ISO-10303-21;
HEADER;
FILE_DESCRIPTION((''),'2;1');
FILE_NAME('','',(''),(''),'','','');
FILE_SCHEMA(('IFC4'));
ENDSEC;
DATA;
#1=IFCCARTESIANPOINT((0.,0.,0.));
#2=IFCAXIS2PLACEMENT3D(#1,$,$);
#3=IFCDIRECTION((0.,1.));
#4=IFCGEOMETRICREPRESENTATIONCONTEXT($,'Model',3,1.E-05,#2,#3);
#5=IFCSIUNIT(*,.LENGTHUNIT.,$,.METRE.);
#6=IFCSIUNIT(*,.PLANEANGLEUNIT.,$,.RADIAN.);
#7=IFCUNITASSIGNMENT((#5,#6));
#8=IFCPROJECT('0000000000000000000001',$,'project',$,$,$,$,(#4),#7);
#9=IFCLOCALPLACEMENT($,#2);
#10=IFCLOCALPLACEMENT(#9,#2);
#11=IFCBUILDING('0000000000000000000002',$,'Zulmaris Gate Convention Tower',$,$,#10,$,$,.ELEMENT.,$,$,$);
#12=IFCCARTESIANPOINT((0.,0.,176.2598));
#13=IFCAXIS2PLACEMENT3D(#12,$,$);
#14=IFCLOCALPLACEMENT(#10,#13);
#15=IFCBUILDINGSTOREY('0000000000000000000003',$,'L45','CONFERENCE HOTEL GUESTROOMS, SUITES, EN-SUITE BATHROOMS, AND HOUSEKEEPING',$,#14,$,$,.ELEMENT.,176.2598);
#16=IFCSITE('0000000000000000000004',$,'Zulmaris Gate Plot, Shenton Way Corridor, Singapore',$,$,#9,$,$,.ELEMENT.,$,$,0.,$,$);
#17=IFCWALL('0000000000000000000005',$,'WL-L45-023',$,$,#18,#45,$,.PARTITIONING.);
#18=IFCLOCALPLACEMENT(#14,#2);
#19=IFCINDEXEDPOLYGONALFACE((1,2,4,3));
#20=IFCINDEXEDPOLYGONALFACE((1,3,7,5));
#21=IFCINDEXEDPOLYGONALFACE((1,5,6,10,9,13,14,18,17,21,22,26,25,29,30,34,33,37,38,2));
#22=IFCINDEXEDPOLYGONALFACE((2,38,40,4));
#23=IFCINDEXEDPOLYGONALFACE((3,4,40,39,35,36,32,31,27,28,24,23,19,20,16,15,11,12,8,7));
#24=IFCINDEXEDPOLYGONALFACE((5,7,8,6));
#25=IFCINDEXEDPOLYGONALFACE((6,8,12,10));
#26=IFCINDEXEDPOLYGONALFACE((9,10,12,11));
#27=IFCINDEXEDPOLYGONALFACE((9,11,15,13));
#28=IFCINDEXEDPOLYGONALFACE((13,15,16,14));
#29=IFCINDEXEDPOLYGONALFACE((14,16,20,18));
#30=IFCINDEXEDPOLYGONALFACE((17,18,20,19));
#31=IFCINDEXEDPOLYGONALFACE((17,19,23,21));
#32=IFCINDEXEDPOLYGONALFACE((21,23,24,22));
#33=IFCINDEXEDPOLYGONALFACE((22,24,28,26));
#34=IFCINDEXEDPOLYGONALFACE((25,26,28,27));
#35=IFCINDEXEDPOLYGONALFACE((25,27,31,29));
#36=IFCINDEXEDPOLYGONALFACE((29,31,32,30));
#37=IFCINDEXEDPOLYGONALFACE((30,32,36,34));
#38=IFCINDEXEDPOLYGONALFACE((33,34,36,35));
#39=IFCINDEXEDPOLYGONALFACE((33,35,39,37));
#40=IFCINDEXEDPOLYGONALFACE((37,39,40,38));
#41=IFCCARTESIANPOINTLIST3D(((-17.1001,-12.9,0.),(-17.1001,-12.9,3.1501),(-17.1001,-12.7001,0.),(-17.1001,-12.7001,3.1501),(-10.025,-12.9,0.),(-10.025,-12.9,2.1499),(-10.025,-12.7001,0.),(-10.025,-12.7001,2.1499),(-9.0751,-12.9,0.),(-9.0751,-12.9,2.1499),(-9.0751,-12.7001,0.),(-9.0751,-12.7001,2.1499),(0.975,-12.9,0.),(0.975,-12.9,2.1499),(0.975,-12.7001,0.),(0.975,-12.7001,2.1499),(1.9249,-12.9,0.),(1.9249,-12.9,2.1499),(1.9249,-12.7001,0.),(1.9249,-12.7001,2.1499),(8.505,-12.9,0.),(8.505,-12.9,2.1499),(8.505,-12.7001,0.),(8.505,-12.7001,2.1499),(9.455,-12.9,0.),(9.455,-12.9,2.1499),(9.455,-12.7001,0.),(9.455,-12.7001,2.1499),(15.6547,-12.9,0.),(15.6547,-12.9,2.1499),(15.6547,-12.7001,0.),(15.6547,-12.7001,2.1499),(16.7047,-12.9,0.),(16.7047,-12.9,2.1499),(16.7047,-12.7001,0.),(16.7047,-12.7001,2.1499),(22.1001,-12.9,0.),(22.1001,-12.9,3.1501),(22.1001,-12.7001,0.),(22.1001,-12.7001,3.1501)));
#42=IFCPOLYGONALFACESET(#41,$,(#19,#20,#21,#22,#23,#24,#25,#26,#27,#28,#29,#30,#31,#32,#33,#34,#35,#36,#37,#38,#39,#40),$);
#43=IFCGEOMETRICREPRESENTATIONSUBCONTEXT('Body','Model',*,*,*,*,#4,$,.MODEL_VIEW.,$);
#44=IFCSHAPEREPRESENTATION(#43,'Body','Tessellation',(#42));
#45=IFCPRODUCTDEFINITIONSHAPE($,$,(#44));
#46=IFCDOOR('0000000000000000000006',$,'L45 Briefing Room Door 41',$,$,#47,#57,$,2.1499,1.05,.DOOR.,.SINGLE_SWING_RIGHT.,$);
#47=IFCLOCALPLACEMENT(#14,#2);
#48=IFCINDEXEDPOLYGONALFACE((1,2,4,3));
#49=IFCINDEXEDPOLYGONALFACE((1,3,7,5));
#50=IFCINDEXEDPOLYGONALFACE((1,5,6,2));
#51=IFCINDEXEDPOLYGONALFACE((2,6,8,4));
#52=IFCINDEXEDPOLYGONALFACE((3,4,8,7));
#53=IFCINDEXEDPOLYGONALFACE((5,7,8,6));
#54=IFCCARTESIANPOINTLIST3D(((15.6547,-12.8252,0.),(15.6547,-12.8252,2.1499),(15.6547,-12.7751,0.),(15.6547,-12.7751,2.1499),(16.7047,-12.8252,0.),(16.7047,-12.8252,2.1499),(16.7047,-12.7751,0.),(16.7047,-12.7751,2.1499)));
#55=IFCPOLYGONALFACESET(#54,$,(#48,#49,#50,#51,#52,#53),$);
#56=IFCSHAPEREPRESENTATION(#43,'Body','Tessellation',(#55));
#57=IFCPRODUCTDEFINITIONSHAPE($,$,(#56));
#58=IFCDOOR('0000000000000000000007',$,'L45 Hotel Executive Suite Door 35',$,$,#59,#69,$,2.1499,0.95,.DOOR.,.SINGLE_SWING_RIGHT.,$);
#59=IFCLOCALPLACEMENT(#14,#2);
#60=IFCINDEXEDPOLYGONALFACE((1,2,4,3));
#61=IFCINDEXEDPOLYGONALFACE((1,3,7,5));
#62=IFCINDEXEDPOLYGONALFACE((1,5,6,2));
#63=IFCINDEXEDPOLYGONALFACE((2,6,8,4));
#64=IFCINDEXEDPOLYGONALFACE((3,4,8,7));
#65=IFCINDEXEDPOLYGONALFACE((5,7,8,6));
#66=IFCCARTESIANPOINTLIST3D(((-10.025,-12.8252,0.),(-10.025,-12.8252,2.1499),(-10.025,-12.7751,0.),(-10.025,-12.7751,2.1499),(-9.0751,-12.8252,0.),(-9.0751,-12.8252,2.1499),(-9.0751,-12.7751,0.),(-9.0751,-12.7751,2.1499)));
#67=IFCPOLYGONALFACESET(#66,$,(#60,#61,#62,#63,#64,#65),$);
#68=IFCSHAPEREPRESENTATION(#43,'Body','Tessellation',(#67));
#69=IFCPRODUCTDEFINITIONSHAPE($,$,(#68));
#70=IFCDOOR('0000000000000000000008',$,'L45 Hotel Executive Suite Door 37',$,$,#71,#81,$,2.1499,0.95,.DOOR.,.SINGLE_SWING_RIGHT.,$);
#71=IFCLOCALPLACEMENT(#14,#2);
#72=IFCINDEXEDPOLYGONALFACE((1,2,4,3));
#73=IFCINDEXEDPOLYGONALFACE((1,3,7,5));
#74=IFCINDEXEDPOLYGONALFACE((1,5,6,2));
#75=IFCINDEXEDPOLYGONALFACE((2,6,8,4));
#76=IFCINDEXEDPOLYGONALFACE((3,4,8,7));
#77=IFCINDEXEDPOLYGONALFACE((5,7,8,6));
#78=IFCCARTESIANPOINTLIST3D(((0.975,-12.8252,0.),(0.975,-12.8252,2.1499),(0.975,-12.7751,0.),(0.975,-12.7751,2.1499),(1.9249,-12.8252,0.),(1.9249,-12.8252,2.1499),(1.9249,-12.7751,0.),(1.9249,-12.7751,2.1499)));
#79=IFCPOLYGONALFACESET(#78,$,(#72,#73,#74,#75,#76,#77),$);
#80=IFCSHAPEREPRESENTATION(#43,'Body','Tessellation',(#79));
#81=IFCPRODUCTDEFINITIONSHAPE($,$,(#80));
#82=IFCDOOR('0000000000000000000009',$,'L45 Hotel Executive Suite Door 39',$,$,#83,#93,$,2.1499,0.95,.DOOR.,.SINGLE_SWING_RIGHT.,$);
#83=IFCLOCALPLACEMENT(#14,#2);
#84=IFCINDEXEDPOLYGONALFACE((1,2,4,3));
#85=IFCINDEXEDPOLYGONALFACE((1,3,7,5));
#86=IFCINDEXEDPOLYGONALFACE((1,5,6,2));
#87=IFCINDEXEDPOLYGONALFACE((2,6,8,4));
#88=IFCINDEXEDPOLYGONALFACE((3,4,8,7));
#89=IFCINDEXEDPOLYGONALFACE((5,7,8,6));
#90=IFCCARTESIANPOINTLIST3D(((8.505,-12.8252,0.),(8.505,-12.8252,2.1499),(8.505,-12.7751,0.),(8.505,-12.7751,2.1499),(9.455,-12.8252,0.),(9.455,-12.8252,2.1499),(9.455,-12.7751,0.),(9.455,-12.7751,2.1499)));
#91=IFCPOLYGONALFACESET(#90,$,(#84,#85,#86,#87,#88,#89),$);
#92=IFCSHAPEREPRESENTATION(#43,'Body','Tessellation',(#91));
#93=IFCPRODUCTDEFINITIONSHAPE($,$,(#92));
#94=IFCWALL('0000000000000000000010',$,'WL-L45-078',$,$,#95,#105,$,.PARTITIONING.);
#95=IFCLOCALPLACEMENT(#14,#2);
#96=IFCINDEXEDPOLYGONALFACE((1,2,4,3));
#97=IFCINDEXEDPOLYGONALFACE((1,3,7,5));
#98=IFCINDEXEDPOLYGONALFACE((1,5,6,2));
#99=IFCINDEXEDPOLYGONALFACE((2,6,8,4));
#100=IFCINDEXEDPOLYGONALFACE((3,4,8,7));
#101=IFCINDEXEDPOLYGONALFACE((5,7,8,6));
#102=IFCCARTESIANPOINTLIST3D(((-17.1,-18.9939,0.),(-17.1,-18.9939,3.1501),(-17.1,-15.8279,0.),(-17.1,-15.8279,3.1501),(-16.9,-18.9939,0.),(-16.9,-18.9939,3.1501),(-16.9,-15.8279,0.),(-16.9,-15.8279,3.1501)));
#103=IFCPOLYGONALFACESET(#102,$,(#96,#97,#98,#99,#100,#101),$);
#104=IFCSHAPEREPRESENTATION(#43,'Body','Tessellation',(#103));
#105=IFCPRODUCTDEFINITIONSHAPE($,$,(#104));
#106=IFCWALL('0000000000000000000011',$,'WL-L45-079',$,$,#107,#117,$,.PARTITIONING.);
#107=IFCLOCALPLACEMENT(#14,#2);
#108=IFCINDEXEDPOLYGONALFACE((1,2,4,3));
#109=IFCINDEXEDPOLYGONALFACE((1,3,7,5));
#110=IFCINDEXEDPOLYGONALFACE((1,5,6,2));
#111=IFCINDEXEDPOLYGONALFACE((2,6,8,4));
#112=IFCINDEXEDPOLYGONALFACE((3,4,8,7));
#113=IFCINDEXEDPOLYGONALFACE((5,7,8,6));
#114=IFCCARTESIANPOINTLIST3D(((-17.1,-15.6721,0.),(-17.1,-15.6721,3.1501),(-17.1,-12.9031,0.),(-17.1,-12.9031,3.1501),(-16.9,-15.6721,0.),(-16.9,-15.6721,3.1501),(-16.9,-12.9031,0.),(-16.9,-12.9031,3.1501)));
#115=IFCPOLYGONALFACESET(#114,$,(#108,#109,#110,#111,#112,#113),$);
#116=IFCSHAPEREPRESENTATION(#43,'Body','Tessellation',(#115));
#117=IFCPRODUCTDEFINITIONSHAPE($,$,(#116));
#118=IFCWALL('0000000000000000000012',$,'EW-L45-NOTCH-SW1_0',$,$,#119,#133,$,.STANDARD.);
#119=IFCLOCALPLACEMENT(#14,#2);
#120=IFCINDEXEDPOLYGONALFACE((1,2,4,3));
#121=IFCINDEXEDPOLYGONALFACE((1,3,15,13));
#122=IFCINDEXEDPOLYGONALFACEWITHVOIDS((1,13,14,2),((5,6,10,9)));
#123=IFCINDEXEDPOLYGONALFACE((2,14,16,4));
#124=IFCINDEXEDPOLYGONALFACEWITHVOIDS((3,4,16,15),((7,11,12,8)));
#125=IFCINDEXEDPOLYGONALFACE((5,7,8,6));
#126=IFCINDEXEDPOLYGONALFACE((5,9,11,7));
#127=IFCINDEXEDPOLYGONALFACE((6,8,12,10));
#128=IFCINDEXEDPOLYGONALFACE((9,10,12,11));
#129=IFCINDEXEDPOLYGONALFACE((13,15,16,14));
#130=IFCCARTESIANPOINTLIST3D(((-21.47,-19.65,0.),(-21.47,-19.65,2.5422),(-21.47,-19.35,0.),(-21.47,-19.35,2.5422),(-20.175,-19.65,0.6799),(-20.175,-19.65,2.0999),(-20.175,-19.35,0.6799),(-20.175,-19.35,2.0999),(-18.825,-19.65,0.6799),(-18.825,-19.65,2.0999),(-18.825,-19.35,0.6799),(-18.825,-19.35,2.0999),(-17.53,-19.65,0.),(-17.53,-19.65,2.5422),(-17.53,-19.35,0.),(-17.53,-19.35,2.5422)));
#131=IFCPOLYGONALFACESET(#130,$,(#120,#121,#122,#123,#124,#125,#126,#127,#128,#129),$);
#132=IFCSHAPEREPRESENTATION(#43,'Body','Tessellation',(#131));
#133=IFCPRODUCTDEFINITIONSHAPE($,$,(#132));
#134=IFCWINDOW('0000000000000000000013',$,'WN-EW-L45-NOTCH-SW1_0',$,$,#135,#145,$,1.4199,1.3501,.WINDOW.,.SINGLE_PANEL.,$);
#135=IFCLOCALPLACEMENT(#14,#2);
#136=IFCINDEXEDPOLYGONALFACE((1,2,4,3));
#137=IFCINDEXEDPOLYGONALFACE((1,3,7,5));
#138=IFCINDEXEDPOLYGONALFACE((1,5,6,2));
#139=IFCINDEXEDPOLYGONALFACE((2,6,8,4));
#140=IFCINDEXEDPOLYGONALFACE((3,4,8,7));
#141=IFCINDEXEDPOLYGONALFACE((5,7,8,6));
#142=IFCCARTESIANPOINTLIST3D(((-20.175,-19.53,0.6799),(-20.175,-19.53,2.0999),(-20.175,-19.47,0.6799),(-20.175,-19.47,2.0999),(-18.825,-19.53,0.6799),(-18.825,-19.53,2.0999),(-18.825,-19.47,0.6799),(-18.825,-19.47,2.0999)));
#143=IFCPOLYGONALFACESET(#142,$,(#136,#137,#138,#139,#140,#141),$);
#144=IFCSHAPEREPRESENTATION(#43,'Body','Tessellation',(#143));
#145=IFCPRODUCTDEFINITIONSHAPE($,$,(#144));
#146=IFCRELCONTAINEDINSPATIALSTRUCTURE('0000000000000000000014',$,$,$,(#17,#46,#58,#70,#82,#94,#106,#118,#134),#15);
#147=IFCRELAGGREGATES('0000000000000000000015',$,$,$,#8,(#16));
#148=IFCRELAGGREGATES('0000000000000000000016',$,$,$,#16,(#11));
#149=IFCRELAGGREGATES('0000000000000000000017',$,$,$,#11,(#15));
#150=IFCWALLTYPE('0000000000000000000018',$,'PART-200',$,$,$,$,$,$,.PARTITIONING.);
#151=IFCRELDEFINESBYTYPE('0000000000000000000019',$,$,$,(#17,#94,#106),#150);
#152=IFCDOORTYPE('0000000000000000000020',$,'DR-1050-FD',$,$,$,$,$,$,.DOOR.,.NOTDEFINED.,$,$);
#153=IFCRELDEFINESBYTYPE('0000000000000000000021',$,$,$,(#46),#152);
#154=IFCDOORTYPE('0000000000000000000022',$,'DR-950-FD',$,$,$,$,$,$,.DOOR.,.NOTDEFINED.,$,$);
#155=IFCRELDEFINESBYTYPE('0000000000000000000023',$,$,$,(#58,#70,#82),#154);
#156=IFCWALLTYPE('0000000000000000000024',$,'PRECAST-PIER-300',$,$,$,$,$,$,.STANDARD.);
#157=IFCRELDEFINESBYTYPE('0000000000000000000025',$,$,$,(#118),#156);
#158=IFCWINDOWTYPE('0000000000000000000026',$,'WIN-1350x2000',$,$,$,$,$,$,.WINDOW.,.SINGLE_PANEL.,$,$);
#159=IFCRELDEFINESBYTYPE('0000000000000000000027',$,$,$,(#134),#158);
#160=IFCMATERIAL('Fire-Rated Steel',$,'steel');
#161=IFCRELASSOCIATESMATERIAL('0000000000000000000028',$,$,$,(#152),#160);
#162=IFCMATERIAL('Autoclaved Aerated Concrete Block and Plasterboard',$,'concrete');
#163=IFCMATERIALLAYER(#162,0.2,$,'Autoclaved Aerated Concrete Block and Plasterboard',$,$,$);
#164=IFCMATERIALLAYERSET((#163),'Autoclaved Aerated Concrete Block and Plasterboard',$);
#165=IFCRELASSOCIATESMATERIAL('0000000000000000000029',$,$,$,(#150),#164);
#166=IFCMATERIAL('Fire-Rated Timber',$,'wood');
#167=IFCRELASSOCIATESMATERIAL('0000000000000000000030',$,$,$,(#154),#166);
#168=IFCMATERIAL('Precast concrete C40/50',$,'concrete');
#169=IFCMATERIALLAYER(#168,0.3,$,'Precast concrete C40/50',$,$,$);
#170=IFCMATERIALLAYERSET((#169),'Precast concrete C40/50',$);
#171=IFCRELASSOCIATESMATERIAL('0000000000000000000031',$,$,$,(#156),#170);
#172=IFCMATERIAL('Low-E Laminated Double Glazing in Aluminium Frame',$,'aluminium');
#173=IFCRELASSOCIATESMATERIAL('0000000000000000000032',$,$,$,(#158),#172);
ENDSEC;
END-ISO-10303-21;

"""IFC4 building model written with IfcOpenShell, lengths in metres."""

from ifc_helpers import new_model, si_unit, direction, frame, frame_2d, origin, place, context, subcontext, project, spatial, rectangle, extrude, material, layer, layer_set, type_object, element, fill, save


model = new_model("IFC4")

# Units and contexts
model_context = context("Model", 3, precision=1e-05, world=origin(), true_north=direction((0.0, 1.0)))
body_context = subcontext(model_context, "Body", "Model", "MODEL_VIEW")
ifc_project = project(units=[si_unit("LENGTHUNIT", "METRE"), si_unit("PLANEANGLEUNIT", "RADIAN")], contexts=[model_context])

# Site, building, storey
site_placement = place(None, origin())
site = spatial("IfcSite", under=ifc_project, at=site_placement, Name="Zulmaris Gate Plot, Shenton Way Corridor, Singapore", CompositionType="ELEMENT", RefElevation=0.0)
building_placement = place(site_placement, origin())
building = spatial("IfcBuilding", under=site, at=building_placement, Name="Zulmaris Gate Convention Tower", CompositionType="ELEMENT")
storey_placement = place(building_placement, frame((0.0, 0.0, 176.2598)))
storey = spatial("IfcBuildingStorey", under=building, at=storey_placement, Name="L45", Description="CONFERENCE HOTEL GUESTROOMS, SUITES, EN-SUITE BATHROOMS, AND HOUSEKEEPING", CompositionType="ELEMENT", Elevation=176.2598)

# Shared definitions
ifc_material_1 = material(Name="Fire-Rated Steel", Category="steel")
door_type_1 = type_object("IfcDoorType", Name="DR-1050-FD", OperationType="NOTDEFINED", PredefinedType="DOOR", material=ifc_material_1)

# Wall, openings, doors
ifc_material_2 = material(Name="Autoclaved Aerated Concrete Block and Plasterboard", Category="concrete")
ifc_layer_1 = layer(ifc_material_2, 0.2, Name="Autoclaved Aerated Concrete Block and Plasterboard")
ifc_layer_set_1 = layer_set([ifc_layer_1], Name="Autoclaved Aerated Concrete Block and Plasterboard")
wall_type_1 = type_object("IfcWallType", Name="PART-200", PredefinedType="PARTITIONING", material=ifc_layer_set_1)
wall_1_placement = place(storey_placement, frame((-17.1001, -12.8, 0.0), z_axis=(0.0, 0.0, 1.0), x_axis=(1.0, 0.0, 0.0)))
wall_1 = element("IfcWall", 1, at=wall_1_placement, inside=storey, type_object=wall_type_1, Name="WL-L45-023", PredefinedType="PARTITIONING", context=body_context, shape_type="SweptSolid", body=[
    extrude(rectangle(XDim=39.2002, YDim=0.2, at=frame_2d((19.6001, 0.0))), origin(), (0.0, 0.0, 1.0), 3.1501),
])
opening_1_placement = place(wall_1_placement, frame((7.075, 0.0, 0.0)))
opening_1 = element("IfcOpeningElement", 2, at=opening_1_placement, cuts=wall_1, PredefinedType="OPENING", context=body_context, shape_type="SweptSolid", body=[
    extrude(rectangle(XDim=0.95, YDim=2.1499, at=frame_2d((0.4751, 1.075))), frame((0.0, 0.1099, 0.0), z_axis=(0.0, -1.0, 0.0), x_axis=(1.0, 0.0, 0.0)), (0.0, 0.0, 1.0), 0.22),
])
opening_2_placement = place(wall_1_placement, frame((18.075, 0.0, 0.0)))
opening_2 = element("IfcOpeningElement", 3, at=opening_2_placement, cuts=wall_1, PredefinedType="OPENING", context=body_context, shape_type="SweptSolid", body=[
    extrude(rectangle(XDim=0.95, YDim=2.1499, at=frame_2d((0.4751, 1.075))), frame((0.0, 0.1099, 0.0), z_axis=(0.0, -1.0, 0.0), x_axis=(1.0, 0.0, 0.0)), (0.0, 0.0, 1.0), 0.22),
])
opening_3_placement = place(wall_1_placement, frame((25.605, 0.0, 0.0)))
opening_3 = element("IfcOpeningElement", 4, at=opening_3_placement, cuts=wall_1, PredefinedType="OPENING", context=body_context, shape_type="SweptSolid", body=[
    extrude(rectangle(XDim=0.95, YDim=2.1499, at=frame_2d((0.4751, 1.075))), frame((0.0, 0.1099, 0.0), z_axis=(0.0, -1.0, 0.0), x_axis=(1.0, 0.0, 0.0)), (0.0, 0.0, 1.0), 0.22),
])
opening_4_placement = place(wall_1_placement, frame((32.7549, 0.0, 0.0)))
opening_4 = element("IfcOpeningElement", 5, at=opening_4_placement, cuts=wall_1, PredefinedType="OPENING", context=body_context, shape_type="SweptSolid", body=[
    extrude(rectangle(XDim=1.05, YDim=2.1499, at=frame_2d((0.5249, 1.075))), frame((0.0, 0.1099, 0.0), z_axis=(0.0, -1.0, 0.0), x_axis=(1.0, 0.0, 0.0)), (0.0, 0.0, 1.0), 0.22),
])
door_1_placement = place(opening_4_placement, origin())
door_1 = element("IfcDoor", 6, at=door_1_placement, inside=storey, type_object=door_type_1, Name="L45 Briefing Room Door 41", OperationType="SINGLE_SWING_RIGHT", OverallHeight=2.1499, OverallWidth=1.05, PredefinedType="DOOR", context=body_context, shape_type="SweptSolid", body=[
    extrude(rectangle(XDim=1.05, YDim=2.1499, at=frame_2d((0.5249, 1.075))), frame((0.0, 0.0249, 0.0), z_axis=(0.0, -1.0, 0.0), x_axis=(1.0, 0.0, 0.0)), (0.0, 0.0, 1.0), 0.05),
])
fill(opening_4, door_1)
ifc_material_3 = material(Name="Fire-Rated Timber", Category="wood")
door_type_2 = type_object("IfcDoorType", Name="DR-950-FD", OperationType="NOTDEFINED", PredefinedType="DOOR", material=ifc_material_3)
door_2_placement = place(opening_1_placement, origin())
door_2 = element("IfcDoor", 7, at=door_2_placement, inside=storey, type_object=door_type_2, Name="L45 Hotel Executive Suite Door 35", OperationType="SINGLE_SWING_RIGHT", OverallHeight=2.1499, OverallWidth=0.95, PredefinedType="DOOR", context=body_context, shape_type="SweptSolid", body=[
    extrude(rectangle(XDim=0.95, YDim=2.1499, at=frame_2d((0.4751, 1.075))), frame((0.0, 0.0249, 0.0), z_axis=(0.0, -1.0, 0.0), x_axis=(1.0, 0.0, 0.0)), (0.0, 0.0, 1.0), 0.05),
])
fill(opening_1, door_2)
door_3_placement = place(opening_2_placement, origin())
door_3 = element("IfcDoor", 8, at=door_3_placement, inside=storey, type_object=door_type_2, Name="L45 Hotel Executive Suite Door 37", OperationType="SINGLE_SWING_RIGHT", OverallHeight=2.1499, OverallWidth=0.95, PredefinedType="DOOR", context=body_context, shape_type="SweptSolid", body=[
    extrude(rectangle(XDim=0.95, YDim=2.1499, at=frame_2d((0.4751, 1.075))), frame((0.0, 0.0249, 0.0), z_axis=(0.0, -1.0, 0.0), x_axis=(1.0, 0.0, 0.0)), (0.0, 0.0, 1.0), 0.05),
])
fill(opening_2, door_3)
door_4_placement = place(opening_3_placement, origin())
door_4 = element("IfcDoor", 9, at=door_4_placement, inside=storey, type_object=door_type_2, Name="L45 Hotel Executive Suite Door 39", OperationType="SINGLE_SWING_RIGHT", OverallHeight=2.1499, OverallWidth=0.95, PredefinedType="DOOR", context=body_context, shape_type="SweptSolid", body=[
    extrude(rectangle(XDim=0.95, YDim=2.1499, at=frame_2d((0.4751, 1.075))), frame((0.0, 0.0249, 0.0), z_axis=(0.0, -1.0, 0.0), x_axis=(1.0, 0.0, 0.0)), (0.0, 0.0, 1.0), 0.05),
])
fill(opening_3, door_4)

# Walls
wall_2_placement = place(storey_placement, frame((-17.0, -18.9939, 0.0), z_axis=(0.0, 0.0, 1.0), x_axis=(0.0, 1.0, 0.0)))
element("IfcWall", 10, at=wall_2_placement, inside=storey, type_object=wall_type_1, Name="WL-L45-078", PredefinedType="PARTITIONING", context=body_context, shape_type="SweptSolid", body=[
    extrude(rectangle(XDim=3.166, YDim=0.2, at=frame_2d((1.583, 0.0))), origin(), (0.0, 0.0, 1.0), 3.1501),
])
wall_3_placement = place(storey_placement, frame((-17.0, -15.6721, 0.0), z_axis=(0.0, 0.0, 1.0), x_axis=(0.0, 1.0, 0.0)))
element("IfcWall", 11, at=wall_3_placement, inside=storey, type_object=wall_type_1, Name="WL-L45-079", PredefinedType="PARTITIONING", context=body_context, shape_type="SweptSolid", body=[
    extrude(rectangle(XDim=2.769, YDim=0.2, at=frame_2d((1.3845, 0.0))), origin(), (0.0, 0.0, 1.0), 3.1501),
])

# Wall, opening, window
ifc_material_4 = material(Name="Precast concrete C40/50", Category="concrete")
ifc_layer_2 = layer(ifc_material_4, 0.3, Name="Precast concrete C40/50")
ifc_layer_set_2 = layer_set([ifc_layer_2], Name="Precast concrete C40/50")
wall_type_2 = type_object("IfcWallType", Name="PRECAST-PIER-300", PredefinedType="STANDARD", material=ifc_layer_set_2)
wall_4_placement = place(storey_placement, frame((-21.47, -19.5, 0.0), z_axis=(0.0, 0.0, 1.0), x_axis=(1.0, 0.0, 0.0)))
wall_4 = element("IfcWall", 12, at=wall_4_placement, inside=storey, type_object=wall_type_2, Name="EW-L45-NOTCH-SW1_0", PredefinedType="STANDARD", context=body_context, shape_type="SweptSolid", body=[
    extrude(rectangle(XDim=3.9399, YDim=0.3, at=frame_2d((1.97, 0.0))), origin(), (0.0, 0.0, 1.0), 2.5422),
])
opening_5_placement = place(wall_4_placement, frame((1.2949, 0.0, 0.6799)))
opening_5 = element("IfcOpeningElement", 13, at=opening_5_placement, cuts=wall_4, PredefinedType="OPENING", context=body_context, shape_type="SweptSolid", body=[
    extrude(rectangle(XDim=1.3501, YDim=1.4199, at=frame_2d((0.675, 0.71))), frame((0.0, 0.1602, 0.0), z_axis=(0.0, -1.0, 0.0), x_axis=(1.0, 0.0, 0.0)), (0.0, 0.0, 1.0), 0.3201),
])
ifc_material_5 = material(Name="Low-E Laminated Double Glazing in Aluminium Frame", Category="aluminium")
window_type = type_object("IfcWindowType", Name="WIN-1350x2000", PartitioningType="SINGLE_PANEL", PredefinedType="WINDOW", material=ifc_material_5)
window_placement = place(opening_5_placement, origin())
window = element("IfcWindow", 14, at=window_placement, inside=storey, type_object=window_type, Name="WN-EW-L45-NOTCH-SW1_0", OverallHeight=1.4199, OverallWidth=1.3501, PartitioningType="SINGLE_PANEL", PredefinedType="WINDOW", context=body_context, shape_type="SweptSolid", body=[
    extrude(rectangle(XDim=1.3501, YDim=1.4199, at=frame_2d((0.675, 0.71))), frame((0.0, 0.03, 0.0), z_axis=(0.0, -1.0, 0.0), x_axis=(1.0, 0.0, 0.0)), (0.0, 0.0, 1.0), 0.0601),
])
fill(opening_5, window)

save(model, "model.ifc")
